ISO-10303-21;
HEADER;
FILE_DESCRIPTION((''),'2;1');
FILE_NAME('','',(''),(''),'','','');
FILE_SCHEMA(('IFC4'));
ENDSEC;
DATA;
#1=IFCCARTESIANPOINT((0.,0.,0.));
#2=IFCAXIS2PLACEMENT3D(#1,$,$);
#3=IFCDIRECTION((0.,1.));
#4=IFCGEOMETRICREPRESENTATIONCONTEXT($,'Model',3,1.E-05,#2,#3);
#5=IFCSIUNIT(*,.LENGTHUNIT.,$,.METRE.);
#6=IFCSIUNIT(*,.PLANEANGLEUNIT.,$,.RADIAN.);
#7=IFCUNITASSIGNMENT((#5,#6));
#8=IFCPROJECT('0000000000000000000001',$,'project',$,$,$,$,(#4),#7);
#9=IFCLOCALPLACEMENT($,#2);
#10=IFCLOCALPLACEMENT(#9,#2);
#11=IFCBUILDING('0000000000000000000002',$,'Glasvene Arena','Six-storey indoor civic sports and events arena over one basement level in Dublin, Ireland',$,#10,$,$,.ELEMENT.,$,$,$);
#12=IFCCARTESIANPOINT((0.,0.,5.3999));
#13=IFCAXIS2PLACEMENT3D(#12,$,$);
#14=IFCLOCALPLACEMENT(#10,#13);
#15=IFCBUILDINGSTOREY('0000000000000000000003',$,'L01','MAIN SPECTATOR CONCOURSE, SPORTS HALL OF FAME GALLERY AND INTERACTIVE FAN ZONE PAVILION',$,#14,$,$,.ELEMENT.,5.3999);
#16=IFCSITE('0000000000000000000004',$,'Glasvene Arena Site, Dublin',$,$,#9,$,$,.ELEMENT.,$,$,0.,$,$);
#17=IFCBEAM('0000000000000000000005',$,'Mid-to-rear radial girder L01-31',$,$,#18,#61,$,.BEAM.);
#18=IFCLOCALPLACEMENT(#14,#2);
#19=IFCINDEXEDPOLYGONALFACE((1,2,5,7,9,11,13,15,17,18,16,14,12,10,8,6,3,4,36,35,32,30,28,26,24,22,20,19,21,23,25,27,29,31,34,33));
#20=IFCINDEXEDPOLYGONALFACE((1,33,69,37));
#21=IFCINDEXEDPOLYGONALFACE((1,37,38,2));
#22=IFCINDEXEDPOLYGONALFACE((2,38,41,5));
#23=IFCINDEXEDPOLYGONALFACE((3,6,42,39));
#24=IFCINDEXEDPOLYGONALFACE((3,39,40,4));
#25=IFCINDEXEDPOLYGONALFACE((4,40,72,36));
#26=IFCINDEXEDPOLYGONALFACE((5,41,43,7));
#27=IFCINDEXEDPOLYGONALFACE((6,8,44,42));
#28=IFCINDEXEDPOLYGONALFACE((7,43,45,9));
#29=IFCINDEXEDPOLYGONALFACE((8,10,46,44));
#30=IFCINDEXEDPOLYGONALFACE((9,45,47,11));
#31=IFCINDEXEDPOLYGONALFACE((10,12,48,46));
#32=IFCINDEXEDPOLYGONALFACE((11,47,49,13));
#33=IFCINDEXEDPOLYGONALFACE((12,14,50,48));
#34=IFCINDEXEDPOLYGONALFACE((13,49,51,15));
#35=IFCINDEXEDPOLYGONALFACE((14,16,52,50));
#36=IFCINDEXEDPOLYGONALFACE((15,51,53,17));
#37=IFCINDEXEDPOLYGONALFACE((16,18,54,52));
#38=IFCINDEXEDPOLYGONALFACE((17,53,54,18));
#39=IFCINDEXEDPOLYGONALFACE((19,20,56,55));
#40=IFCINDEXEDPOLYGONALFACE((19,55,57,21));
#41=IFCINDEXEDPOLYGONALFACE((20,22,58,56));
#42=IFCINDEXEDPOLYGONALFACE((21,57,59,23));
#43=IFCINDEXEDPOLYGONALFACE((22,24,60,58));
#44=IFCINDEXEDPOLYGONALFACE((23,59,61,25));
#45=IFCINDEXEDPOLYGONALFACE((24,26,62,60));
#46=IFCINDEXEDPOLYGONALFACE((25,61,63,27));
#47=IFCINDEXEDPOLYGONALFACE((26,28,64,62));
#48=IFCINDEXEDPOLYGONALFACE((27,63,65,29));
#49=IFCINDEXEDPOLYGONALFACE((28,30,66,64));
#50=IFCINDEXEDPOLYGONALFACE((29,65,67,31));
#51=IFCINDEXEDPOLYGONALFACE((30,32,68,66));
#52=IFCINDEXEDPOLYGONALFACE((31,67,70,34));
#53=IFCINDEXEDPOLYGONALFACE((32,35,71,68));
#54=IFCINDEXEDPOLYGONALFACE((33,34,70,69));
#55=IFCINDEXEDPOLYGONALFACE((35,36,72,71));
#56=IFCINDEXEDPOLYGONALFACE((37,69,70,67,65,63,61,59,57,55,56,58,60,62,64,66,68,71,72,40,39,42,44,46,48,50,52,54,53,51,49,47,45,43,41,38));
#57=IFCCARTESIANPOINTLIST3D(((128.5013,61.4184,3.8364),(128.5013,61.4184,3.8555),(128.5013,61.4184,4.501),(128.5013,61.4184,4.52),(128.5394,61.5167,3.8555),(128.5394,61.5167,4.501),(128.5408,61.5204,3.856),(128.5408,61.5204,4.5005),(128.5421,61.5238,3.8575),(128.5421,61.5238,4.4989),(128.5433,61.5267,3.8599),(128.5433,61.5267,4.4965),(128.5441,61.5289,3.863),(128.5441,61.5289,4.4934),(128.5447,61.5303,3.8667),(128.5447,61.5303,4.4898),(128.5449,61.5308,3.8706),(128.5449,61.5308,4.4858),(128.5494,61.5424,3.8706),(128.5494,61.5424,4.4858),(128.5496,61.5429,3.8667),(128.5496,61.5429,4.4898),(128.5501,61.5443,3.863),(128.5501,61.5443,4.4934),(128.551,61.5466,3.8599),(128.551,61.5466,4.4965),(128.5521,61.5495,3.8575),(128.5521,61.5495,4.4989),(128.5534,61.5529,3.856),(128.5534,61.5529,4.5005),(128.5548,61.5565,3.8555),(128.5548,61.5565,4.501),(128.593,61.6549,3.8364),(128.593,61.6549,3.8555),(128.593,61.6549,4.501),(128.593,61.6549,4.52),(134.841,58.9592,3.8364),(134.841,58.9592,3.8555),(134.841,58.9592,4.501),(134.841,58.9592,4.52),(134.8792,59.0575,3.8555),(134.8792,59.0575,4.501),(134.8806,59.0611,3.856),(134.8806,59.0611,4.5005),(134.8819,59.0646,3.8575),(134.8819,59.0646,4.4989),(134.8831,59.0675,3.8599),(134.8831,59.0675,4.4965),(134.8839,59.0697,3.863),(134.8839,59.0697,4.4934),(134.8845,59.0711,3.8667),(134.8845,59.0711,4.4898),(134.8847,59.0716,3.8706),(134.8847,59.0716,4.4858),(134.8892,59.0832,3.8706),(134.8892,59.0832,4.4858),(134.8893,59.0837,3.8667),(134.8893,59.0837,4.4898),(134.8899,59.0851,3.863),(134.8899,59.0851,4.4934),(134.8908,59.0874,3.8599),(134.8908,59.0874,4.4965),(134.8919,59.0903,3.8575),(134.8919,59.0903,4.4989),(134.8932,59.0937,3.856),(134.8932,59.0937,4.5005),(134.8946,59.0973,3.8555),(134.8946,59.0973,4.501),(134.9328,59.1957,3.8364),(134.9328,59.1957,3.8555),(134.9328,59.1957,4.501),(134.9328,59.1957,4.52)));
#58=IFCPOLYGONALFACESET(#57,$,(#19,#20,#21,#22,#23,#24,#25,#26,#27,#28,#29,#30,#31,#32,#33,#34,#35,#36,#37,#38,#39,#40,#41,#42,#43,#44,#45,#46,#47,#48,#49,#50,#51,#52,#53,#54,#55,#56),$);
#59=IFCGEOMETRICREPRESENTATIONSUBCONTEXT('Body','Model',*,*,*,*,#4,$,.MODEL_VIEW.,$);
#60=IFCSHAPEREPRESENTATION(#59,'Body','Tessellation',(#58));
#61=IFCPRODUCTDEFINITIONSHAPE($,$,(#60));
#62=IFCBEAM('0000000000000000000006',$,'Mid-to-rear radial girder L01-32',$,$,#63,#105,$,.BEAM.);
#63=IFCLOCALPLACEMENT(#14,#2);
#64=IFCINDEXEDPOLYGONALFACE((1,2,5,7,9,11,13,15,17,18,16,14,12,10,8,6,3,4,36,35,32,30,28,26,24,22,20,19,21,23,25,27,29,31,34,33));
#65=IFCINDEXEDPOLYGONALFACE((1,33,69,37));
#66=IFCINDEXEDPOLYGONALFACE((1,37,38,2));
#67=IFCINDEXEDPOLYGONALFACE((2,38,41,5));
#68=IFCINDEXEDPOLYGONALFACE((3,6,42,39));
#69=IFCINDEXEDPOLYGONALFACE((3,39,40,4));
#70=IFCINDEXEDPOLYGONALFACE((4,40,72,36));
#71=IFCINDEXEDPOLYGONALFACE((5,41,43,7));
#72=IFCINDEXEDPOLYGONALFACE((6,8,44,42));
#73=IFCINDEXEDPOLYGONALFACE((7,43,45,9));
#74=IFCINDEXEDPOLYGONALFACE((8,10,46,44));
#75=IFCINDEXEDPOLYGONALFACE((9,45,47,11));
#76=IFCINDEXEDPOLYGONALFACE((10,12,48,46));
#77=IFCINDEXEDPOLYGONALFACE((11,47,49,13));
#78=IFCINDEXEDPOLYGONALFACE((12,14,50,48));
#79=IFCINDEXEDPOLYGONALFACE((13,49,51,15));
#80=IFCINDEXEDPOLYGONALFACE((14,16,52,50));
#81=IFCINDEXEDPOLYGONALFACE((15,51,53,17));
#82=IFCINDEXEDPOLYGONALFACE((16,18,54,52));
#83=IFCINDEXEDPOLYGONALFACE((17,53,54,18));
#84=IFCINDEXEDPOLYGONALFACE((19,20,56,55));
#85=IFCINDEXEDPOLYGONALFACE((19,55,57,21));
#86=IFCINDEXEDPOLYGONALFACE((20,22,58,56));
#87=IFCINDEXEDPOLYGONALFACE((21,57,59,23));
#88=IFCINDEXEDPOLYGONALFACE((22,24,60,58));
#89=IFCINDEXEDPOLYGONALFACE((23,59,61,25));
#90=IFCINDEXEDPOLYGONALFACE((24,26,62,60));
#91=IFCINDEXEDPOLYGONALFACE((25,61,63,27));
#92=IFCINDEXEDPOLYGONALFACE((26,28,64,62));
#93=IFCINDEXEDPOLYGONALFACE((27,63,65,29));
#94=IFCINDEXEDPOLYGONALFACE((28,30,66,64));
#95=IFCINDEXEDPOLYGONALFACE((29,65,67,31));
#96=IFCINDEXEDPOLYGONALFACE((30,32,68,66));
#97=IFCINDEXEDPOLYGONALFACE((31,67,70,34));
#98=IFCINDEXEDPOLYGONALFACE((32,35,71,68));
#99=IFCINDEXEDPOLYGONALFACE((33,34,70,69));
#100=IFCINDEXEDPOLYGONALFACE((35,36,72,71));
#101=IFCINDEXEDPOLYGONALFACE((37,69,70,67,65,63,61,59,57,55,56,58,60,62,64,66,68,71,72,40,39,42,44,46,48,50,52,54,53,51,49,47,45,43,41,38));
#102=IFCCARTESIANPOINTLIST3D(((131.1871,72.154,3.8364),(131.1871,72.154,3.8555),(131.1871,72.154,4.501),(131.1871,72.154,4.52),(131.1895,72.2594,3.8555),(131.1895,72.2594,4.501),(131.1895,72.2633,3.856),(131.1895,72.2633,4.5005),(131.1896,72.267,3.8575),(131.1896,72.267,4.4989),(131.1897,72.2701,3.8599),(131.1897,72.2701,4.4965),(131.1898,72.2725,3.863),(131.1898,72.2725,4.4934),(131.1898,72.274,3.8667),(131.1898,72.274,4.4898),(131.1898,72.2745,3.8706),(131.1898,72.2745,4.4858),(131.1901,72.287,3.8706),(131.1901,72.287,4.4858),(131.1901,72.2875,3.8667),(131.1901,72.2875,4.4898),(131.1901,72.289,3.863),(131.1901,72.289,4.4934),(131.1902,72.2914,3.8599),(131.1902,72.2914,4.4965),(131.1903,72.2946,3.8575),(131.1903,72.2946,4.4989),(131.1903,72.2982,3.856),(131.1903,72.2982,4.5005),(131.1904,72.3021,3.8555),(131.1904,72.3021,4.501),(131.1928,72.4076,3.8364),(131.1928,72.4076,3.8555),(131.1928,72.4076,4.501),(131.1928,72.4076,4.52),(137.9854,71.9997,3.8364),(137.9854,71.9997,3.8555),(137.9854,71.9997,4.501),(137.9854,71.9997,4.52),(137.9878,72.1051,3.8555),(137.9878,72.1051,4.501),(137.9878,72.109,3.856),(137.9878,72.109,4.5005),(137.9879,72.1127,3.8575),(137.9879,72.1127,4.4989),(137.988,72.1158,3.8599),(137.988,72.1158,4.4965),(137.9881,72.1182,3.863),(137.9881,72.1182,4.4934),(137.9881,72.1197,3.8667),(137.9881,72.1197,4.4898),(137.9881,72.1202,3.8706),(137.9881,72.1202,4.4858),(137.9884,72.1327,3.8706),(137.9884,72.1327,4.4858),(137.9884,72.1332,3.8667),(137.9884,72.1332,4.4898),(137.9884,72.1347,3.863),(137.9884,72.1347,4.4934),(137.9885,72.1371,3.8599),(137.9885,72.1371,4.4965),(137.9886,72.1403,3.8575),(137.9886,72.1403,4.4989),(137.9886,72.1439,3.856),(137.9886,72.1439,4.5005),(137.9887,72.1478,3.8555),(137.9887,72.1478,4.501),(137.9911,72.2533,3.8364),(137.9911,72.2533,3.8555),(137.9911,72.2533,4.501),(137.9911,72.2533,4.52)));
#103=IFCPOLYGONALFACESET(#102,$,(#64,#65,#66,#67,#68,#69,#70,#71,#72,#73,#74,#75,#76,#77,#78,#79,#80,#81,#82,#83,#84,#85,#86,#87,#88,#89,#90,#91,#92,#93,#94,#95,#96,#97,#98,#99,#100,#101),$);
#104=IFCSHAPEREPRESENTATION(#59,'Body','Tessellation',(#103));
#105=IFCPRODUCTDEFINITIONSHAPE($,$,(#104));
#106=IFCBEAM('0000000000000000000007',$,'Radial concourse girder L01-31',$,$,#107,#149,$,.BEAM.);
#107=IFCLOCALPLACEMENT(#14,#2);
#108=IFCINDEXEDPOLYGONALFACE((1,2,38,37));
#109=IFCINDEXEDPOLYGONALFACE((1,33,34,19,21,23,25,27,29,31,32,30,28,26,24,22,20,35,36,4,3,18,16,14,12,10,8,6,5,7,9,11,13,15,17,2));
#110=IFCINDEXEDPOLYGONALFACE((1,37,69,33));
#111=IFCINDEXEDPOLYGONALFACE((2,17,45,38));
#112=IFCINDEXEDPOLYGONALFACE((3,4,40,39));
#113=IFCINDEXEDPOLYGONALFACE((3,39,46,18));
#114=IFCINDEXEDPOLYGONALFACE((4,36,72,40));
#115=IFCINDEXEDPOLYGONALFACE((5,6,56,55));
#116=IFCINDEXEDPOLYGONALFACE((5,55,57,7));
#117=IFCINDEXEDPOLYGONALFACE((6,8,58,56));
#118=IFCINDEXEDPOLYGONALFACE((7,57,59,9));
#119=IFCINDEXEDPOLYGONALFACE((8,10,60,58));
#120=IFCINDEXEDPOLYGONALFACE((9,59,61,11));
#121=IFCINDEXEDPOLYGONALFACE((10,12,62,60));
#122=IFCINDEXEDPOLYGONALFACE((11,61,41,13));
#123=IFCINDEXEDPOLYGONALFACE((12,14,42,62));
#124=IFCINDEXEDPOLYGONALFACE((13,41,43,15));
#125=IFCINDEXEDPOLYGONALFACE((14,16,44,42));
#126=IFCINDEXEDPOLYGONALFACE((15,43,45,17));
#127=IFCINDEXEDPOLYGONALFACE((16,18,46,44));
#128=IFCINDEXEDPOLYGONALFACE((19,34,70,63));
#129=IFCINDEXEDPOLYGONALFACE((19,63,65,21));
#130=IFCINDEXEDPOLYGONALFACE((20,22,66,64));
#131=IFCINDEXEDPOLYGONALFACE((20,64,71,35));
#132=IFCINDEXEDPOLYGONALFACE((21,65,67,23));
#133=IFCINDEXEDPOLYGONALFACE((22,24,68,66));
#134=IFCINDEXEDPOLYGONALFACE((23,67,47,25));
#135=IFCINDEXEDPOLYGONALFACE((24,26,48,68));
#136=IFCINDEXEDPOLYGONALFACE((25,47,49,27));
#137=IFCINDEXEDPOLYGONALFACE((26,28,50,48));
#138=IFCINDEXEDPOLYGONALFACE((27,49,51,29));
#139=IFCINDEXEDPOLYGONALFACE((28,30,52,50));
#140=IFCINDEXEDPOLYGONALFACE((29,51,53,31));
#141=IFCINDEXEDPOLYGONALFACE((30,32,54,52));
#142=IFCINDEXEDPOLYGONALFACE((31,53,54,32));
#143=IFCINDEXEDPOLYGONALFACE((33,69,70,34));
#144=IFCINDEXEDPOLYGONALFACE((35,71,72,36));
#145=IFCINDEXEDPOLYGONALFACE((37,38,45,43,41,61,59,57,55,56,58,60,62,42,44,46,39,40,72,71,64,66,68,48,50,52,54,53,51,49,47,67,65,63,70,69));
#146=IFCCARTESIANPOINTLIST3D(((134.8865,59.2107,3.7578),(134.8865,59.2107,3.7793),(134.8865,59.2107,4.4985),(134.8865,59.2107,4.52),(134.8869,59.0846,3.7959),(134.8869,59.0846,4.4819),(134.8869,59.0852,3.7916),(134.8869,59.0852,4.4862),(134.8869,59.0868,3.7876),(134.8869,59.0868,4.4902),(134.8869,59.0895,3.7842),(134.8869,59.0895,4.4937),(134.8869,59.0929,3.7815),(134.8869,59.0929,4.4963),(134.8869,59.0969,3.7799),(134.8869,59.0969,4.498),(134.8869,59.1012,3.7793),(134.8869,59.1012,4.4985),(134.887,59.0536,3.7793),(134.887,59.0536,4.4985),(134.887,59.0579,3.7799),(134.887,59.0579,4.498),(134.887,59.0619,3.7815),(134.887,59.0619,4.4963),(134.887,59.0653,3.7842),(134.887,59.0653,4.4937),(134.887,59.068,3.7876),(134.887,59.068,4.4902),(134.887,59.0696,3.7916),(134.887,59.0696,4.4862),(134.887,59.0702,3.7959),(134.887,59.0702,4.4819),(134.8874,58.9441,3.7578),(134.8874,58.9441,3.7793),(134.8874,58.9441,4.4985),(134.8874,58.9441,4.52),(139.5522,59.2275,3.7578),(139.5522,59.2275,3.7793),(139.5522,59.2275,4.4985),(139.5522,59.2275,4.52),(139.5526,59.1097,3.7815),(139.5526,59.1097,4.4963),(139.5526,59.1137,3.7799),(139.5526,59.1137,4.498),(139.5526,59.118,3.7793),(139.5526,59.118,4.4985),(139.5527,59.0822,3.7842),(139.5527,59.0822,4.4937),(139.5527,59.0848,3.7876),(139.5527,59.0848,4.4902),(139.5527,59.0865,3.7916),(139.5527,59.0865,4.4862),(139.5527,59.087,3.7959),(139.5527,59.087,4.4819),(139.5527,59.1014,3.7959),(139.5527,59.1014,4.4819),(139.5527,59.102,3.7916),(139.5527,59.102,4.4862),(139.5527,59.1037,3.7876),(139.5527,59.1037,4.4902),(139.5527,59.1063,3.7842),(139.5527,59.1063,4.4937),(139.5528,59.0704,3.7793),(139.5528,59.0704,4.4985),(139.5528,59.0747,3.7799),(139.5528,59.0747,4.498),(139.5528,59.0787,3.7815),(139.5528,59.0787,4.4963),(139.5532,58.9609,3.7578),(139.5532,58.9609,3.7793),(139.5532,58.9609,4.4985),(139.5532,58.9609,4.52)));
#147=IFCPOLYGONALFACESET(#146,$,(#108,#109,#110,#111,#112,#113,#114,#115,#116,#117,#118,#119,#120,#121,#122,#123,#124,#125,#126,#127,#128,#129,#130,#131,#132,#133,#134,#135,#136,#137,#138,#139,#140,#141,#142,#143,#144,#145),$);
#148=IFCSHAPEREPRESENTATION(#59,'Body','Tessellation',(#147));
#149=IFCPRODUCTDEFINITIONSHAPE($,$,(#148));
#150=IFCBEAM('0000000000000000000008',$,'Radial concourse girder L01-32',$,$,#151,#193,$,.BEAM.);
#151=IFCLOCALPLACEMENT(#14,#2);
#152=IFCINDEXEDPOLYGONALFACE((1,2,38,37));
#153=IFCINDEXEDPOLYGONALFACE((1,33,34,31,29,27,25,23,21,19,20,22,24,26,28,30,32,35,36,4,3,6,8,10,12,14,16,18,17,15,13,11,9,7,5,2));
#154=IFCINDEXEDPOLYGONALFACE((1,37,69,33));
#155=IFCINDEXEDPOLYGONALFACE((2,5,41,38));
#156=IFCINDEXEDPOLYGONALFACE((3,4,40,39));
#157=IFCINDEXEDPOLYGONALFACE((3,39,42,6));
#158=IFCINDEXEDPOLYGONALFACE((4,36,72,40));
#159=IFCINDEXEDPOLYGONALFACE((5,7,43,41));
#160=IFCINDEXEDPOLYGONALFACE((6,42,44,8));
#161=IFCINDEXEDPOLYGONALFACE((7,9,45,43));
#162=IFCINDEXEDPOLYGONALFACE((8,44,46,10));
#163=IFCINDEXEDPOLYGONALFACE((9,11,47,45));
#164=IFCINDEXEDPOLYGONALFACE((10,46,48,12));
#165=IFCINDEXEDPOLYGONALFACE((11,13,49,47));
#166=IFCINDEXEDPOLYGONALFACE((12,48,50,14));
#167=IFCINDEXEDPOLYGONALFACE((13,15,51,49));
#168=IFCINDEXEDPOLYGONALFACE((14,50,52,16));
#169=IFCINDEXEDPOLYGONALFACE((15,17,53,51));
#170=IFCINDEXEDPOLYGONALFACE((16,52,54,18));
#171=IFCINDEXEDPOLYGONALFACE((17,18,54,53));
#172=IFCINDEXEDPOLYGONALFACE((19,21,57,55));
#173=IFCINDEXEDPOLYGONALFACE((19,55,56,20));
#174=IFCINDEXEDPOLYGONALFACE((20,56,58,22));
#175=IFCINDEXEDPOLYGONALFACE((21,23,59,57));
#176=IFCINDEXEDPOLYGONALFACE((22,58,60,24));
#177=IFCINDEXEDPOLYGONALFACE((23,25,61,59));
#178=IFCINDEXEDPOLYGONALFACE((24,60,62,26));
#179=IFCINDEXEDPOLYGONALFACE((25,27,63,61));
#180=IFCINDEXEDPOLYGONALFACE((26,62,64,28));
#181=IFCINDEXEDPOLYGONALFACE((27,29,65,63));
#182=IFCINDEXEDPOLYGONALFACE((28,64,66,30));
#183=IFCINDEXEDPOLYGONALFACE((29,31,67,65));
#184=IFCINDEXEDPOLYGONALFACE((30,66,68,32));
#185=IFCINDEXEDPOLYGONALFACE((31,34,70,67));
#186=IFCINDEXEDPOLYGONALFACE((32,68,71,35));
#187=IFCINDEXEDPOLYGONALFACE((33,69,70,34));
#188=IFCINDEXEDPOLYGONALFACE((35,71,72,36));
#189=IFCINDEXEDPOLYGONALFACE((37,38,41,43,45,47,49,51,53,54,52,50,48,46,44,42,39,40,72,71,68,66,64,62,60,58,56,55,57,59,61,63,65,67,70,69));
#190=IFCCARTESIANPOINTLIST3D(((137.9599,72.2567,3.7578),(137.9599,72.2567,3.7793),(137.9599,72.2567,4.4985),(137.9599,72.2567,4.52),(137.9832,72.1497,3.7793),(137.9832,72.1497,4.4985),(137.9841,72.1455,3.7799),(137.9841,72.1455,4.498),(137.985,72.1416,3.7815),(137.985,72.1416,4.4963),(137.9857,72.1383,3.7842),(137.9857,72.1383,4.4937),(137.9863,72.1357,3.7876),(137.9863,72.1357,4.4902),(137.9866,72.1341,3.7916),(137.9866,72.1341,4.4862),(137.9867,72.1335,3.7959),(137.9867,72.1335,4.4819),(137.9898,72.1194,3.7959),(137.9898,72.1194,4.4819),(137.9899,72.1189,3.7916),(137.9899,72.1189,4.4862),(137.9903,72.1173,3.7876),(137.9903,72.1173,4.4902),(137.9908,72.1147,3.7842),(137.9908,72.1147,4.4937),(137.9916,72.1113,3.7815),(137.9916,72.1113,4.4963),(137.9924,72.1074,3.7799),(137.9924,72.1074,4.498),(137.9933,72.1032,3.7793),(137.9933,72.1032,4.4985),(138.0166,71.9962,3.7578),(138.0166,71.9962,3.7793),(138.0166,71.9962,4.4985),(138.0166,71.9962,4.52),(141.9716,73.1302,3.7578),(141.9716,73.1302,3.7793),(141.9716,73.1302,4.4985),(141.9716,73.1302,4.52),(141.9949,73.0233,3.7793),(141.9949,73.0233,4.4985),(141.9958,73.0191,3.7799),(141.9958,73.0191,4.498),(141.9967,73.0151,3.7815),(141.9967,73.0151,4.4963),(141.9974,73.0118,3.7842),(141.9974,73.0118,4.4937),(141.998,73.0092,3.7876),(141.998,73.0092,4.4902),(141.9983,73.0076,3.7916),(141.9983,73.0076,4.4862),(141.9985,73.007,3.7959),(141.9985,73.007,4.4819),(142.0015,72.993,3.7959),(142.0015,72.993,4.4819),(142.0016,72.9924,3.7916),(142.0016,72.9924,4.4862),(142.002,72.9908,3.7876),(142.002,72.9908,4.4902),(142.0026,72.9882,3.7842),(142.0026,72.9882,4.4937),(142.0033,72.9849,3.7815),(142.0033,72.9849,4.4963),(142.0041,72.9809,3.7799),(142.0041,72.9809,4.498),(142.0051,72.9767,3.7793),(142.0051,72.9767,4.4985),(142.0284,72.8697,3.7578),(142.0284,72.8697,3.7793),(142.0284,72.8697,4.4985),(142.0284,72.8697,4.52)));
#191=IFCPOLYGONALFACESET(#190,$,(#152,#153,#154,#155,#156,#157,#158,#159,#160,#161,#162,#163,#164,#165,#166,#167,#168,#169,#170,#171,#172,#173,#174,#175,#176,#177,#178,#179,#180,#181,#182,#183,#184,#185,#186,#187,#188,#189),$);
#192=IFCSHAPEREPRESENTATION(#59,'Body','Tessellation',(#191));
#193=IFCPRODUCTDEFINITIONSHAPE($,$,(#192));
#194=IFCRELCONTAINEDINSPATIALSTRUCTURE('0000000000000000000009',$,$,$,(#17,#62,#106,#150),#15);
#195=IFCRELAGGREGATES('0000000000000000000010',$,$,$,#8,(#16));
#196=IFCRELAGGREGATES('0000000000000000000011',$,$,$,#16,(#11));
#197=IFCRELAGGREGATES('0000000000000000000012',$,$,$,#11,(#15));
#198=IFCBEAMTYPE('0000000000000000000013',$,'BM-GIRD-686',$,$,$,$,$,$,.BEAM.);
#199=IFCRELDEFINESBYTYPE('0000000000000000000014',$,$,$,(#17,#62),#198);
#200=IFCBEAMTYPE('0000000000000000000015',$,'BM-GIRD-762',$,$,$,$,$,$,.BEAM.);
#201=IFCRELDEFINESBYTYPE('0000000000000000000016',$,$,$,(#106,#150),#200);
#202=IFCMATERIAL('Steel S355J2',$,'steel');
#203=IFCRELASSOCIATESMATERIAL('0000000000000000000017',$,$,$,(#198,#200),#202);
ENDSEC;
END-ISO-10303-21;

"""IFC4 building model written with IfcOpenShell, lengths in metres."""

from ifc_helpers import new_model, si_unit, direction, frame, origin, origin_2d, place, context, subcontext, project, spatial, i_section, extrude, material, material_profile, profile_set, type_object, element, save


model = new_model("IFC4")

# Units and contexts
model_context = context("Model", 3, precision=1e-05, world=origin(), true_north=direction((0.0, 1.0)))
body_context = subcontext(model_context, "Body", "Model", "MODEL_VIEW")
ifc_project = project(units=[si_unit("LENGTHUNIT", "METRE"), si_unit("PLANEANGLEUNIT", "RADIAN")], contexts=[model_context])

# Site, building, storey
site_placement = place(None, origin())
site = spatial("IfcSite", under=ifc_project, at=site_placement, Name="Glasvene Arena Site, Dublin", CompositionType="ELEMENT", RefElevation=0.0)
building_placement = place(site_placement, origin())
building = spatial("IfcBuilding", under=site, at=building_placement, Name="Glasvene Arena", Description="Six-storey indoor civic sports and events arena over one basement level in Dublin, Ireland", CompositionType="ELEMENT")
storey_placement = place(building_placement, frame((0.0, 0.0, 5.3999)))
storey = spatial("IfcBuildingStorey", under=building, at=storey_placement, Name="L01", Description="MAIN SPECTATOR CONCOURSE, SPORTS HALL OF FAME GALLERY AND INTERACTIVE FAN ZONE PAVILION", CompositionType="ELEMENT", Elevation=5.3999)

# Shared definitions
ifc_material_1 = material(Name="Steel S355J2", Category="steel")

# Beams
ifc_material_profile_1 = material_profile(ifc_material_1, i_section(OverallWidth=0.2537, OverallDepth=0.6836, WebThickness=0.0125, FlangeThickness=0.019, FilletRadius=0.0151, at=origin_2d()), Name="UKB 686x254x140")
ifc_profile_set_1 = profile_set([ifc_material_profile_1], Name="Steel S355J2")
beam_type_1 = type_object("IfcBeamType", Name="BM-GIRD-686", PredefinedType="BEAM", material=ifc_profile_set_1)
for number, where, z_axis, x_axis, name in (
    (1, (128.5471, 61.5366, 4.1782), (0.932316, -0.361646, 0.0), (0.361646, 0.932316, 0.0), "Mid-to-rear radial girder L01-31"),
    (2, (131.1899, 72.2808, 4.1782), (0.999743, -0.02269, 0.0), (0.02269, 0.999743, 0.0), "Mid-to-rear radial girder L01-32"),
):
    element("IfcBeam", number, at=place(storey_placement, frame(where, z_axis=z_axis, x_axis=x_axis)), inside=storey, type_object=beam_type_1, Name=name, PredefinedType="BEAM", context=body_context, shape_type="SweptSolid", body=[
        extrude(i_section(OverallWidth=0.2537, OverallDepth=0.6836, WebThickness=0.0125, FlangeThickness=0.019, FilletRadius=0.0151, at=origin_2d()), origin(), (0.0, 0.0, 1.0), 6.8),
    ])
ifc_material_profile_2 = material_profile(ifc_material_1, i_section(OverallWidth=0.2666, OverallDepth=0.7622, WebThickness=0.0144, FlangeThickness=0.0215, FilletRadius=0.0166, at=origin_2d()), Name="UKB 762x267x173")
ifc_profile_set_2 = profile_set([ifc_material_profile_2], Name="Steel S355J2")
beam_type_2 = type_object("IfcBeamType", Name="BM-GIRD-762", PredefinedType="BEAM", material=ifc_profile_set_2)
beam_1_placement = place(storey_placement, frame((134.887, 59.0774, 4.1389), z_axis=(0.999993, 0.00361, 0.0), x_axis=(-0.00361, 0.999993, 0.0)))
element("IfcBeam", 3, at=beam_1_placement, inside=storey, type_object=beam_type_2, Name="Radial concourse girder L01-31", PredefinedType="BEAM", context=body_context, shape_type="SweptSolid", body=[
    extrude(i_section(OverallWidth=0.2666, OverallDepth=0.7622, WebThickness=0.0144, FlangeThickness=0.0215, FilletRadius=0.0166, at=origin_2d()), origin(), (0.0, 0.0, 1.0), 4.6658),
])
beam_2_placement = place(storey_placement, frame((137.9883, 72.1265, 4.1389), z_axis=(0.977104, 0.21276, 0.0), x_axis=(-0.21276, 0.977104, 0.0)))
element("IfcBeam", 4, at=beam_2_placement, inside=storey, type_object=beam_type_2, Name="Radial concourse girder L01-32", PredefinedType="BEAM", context=body_context, shape_type="SweptSolid", body=[
    extrude(i_section(OverallWidth=0.2666, OverallDepth=0.7622, WebThickness=0.0144, FlangeThickness=0.0215, FilletRadius=0.0166, at=origin_2d()), origin(), (0.0, 0.0, 1.0), 4.1057),
])

save(model, "model.ifc")
